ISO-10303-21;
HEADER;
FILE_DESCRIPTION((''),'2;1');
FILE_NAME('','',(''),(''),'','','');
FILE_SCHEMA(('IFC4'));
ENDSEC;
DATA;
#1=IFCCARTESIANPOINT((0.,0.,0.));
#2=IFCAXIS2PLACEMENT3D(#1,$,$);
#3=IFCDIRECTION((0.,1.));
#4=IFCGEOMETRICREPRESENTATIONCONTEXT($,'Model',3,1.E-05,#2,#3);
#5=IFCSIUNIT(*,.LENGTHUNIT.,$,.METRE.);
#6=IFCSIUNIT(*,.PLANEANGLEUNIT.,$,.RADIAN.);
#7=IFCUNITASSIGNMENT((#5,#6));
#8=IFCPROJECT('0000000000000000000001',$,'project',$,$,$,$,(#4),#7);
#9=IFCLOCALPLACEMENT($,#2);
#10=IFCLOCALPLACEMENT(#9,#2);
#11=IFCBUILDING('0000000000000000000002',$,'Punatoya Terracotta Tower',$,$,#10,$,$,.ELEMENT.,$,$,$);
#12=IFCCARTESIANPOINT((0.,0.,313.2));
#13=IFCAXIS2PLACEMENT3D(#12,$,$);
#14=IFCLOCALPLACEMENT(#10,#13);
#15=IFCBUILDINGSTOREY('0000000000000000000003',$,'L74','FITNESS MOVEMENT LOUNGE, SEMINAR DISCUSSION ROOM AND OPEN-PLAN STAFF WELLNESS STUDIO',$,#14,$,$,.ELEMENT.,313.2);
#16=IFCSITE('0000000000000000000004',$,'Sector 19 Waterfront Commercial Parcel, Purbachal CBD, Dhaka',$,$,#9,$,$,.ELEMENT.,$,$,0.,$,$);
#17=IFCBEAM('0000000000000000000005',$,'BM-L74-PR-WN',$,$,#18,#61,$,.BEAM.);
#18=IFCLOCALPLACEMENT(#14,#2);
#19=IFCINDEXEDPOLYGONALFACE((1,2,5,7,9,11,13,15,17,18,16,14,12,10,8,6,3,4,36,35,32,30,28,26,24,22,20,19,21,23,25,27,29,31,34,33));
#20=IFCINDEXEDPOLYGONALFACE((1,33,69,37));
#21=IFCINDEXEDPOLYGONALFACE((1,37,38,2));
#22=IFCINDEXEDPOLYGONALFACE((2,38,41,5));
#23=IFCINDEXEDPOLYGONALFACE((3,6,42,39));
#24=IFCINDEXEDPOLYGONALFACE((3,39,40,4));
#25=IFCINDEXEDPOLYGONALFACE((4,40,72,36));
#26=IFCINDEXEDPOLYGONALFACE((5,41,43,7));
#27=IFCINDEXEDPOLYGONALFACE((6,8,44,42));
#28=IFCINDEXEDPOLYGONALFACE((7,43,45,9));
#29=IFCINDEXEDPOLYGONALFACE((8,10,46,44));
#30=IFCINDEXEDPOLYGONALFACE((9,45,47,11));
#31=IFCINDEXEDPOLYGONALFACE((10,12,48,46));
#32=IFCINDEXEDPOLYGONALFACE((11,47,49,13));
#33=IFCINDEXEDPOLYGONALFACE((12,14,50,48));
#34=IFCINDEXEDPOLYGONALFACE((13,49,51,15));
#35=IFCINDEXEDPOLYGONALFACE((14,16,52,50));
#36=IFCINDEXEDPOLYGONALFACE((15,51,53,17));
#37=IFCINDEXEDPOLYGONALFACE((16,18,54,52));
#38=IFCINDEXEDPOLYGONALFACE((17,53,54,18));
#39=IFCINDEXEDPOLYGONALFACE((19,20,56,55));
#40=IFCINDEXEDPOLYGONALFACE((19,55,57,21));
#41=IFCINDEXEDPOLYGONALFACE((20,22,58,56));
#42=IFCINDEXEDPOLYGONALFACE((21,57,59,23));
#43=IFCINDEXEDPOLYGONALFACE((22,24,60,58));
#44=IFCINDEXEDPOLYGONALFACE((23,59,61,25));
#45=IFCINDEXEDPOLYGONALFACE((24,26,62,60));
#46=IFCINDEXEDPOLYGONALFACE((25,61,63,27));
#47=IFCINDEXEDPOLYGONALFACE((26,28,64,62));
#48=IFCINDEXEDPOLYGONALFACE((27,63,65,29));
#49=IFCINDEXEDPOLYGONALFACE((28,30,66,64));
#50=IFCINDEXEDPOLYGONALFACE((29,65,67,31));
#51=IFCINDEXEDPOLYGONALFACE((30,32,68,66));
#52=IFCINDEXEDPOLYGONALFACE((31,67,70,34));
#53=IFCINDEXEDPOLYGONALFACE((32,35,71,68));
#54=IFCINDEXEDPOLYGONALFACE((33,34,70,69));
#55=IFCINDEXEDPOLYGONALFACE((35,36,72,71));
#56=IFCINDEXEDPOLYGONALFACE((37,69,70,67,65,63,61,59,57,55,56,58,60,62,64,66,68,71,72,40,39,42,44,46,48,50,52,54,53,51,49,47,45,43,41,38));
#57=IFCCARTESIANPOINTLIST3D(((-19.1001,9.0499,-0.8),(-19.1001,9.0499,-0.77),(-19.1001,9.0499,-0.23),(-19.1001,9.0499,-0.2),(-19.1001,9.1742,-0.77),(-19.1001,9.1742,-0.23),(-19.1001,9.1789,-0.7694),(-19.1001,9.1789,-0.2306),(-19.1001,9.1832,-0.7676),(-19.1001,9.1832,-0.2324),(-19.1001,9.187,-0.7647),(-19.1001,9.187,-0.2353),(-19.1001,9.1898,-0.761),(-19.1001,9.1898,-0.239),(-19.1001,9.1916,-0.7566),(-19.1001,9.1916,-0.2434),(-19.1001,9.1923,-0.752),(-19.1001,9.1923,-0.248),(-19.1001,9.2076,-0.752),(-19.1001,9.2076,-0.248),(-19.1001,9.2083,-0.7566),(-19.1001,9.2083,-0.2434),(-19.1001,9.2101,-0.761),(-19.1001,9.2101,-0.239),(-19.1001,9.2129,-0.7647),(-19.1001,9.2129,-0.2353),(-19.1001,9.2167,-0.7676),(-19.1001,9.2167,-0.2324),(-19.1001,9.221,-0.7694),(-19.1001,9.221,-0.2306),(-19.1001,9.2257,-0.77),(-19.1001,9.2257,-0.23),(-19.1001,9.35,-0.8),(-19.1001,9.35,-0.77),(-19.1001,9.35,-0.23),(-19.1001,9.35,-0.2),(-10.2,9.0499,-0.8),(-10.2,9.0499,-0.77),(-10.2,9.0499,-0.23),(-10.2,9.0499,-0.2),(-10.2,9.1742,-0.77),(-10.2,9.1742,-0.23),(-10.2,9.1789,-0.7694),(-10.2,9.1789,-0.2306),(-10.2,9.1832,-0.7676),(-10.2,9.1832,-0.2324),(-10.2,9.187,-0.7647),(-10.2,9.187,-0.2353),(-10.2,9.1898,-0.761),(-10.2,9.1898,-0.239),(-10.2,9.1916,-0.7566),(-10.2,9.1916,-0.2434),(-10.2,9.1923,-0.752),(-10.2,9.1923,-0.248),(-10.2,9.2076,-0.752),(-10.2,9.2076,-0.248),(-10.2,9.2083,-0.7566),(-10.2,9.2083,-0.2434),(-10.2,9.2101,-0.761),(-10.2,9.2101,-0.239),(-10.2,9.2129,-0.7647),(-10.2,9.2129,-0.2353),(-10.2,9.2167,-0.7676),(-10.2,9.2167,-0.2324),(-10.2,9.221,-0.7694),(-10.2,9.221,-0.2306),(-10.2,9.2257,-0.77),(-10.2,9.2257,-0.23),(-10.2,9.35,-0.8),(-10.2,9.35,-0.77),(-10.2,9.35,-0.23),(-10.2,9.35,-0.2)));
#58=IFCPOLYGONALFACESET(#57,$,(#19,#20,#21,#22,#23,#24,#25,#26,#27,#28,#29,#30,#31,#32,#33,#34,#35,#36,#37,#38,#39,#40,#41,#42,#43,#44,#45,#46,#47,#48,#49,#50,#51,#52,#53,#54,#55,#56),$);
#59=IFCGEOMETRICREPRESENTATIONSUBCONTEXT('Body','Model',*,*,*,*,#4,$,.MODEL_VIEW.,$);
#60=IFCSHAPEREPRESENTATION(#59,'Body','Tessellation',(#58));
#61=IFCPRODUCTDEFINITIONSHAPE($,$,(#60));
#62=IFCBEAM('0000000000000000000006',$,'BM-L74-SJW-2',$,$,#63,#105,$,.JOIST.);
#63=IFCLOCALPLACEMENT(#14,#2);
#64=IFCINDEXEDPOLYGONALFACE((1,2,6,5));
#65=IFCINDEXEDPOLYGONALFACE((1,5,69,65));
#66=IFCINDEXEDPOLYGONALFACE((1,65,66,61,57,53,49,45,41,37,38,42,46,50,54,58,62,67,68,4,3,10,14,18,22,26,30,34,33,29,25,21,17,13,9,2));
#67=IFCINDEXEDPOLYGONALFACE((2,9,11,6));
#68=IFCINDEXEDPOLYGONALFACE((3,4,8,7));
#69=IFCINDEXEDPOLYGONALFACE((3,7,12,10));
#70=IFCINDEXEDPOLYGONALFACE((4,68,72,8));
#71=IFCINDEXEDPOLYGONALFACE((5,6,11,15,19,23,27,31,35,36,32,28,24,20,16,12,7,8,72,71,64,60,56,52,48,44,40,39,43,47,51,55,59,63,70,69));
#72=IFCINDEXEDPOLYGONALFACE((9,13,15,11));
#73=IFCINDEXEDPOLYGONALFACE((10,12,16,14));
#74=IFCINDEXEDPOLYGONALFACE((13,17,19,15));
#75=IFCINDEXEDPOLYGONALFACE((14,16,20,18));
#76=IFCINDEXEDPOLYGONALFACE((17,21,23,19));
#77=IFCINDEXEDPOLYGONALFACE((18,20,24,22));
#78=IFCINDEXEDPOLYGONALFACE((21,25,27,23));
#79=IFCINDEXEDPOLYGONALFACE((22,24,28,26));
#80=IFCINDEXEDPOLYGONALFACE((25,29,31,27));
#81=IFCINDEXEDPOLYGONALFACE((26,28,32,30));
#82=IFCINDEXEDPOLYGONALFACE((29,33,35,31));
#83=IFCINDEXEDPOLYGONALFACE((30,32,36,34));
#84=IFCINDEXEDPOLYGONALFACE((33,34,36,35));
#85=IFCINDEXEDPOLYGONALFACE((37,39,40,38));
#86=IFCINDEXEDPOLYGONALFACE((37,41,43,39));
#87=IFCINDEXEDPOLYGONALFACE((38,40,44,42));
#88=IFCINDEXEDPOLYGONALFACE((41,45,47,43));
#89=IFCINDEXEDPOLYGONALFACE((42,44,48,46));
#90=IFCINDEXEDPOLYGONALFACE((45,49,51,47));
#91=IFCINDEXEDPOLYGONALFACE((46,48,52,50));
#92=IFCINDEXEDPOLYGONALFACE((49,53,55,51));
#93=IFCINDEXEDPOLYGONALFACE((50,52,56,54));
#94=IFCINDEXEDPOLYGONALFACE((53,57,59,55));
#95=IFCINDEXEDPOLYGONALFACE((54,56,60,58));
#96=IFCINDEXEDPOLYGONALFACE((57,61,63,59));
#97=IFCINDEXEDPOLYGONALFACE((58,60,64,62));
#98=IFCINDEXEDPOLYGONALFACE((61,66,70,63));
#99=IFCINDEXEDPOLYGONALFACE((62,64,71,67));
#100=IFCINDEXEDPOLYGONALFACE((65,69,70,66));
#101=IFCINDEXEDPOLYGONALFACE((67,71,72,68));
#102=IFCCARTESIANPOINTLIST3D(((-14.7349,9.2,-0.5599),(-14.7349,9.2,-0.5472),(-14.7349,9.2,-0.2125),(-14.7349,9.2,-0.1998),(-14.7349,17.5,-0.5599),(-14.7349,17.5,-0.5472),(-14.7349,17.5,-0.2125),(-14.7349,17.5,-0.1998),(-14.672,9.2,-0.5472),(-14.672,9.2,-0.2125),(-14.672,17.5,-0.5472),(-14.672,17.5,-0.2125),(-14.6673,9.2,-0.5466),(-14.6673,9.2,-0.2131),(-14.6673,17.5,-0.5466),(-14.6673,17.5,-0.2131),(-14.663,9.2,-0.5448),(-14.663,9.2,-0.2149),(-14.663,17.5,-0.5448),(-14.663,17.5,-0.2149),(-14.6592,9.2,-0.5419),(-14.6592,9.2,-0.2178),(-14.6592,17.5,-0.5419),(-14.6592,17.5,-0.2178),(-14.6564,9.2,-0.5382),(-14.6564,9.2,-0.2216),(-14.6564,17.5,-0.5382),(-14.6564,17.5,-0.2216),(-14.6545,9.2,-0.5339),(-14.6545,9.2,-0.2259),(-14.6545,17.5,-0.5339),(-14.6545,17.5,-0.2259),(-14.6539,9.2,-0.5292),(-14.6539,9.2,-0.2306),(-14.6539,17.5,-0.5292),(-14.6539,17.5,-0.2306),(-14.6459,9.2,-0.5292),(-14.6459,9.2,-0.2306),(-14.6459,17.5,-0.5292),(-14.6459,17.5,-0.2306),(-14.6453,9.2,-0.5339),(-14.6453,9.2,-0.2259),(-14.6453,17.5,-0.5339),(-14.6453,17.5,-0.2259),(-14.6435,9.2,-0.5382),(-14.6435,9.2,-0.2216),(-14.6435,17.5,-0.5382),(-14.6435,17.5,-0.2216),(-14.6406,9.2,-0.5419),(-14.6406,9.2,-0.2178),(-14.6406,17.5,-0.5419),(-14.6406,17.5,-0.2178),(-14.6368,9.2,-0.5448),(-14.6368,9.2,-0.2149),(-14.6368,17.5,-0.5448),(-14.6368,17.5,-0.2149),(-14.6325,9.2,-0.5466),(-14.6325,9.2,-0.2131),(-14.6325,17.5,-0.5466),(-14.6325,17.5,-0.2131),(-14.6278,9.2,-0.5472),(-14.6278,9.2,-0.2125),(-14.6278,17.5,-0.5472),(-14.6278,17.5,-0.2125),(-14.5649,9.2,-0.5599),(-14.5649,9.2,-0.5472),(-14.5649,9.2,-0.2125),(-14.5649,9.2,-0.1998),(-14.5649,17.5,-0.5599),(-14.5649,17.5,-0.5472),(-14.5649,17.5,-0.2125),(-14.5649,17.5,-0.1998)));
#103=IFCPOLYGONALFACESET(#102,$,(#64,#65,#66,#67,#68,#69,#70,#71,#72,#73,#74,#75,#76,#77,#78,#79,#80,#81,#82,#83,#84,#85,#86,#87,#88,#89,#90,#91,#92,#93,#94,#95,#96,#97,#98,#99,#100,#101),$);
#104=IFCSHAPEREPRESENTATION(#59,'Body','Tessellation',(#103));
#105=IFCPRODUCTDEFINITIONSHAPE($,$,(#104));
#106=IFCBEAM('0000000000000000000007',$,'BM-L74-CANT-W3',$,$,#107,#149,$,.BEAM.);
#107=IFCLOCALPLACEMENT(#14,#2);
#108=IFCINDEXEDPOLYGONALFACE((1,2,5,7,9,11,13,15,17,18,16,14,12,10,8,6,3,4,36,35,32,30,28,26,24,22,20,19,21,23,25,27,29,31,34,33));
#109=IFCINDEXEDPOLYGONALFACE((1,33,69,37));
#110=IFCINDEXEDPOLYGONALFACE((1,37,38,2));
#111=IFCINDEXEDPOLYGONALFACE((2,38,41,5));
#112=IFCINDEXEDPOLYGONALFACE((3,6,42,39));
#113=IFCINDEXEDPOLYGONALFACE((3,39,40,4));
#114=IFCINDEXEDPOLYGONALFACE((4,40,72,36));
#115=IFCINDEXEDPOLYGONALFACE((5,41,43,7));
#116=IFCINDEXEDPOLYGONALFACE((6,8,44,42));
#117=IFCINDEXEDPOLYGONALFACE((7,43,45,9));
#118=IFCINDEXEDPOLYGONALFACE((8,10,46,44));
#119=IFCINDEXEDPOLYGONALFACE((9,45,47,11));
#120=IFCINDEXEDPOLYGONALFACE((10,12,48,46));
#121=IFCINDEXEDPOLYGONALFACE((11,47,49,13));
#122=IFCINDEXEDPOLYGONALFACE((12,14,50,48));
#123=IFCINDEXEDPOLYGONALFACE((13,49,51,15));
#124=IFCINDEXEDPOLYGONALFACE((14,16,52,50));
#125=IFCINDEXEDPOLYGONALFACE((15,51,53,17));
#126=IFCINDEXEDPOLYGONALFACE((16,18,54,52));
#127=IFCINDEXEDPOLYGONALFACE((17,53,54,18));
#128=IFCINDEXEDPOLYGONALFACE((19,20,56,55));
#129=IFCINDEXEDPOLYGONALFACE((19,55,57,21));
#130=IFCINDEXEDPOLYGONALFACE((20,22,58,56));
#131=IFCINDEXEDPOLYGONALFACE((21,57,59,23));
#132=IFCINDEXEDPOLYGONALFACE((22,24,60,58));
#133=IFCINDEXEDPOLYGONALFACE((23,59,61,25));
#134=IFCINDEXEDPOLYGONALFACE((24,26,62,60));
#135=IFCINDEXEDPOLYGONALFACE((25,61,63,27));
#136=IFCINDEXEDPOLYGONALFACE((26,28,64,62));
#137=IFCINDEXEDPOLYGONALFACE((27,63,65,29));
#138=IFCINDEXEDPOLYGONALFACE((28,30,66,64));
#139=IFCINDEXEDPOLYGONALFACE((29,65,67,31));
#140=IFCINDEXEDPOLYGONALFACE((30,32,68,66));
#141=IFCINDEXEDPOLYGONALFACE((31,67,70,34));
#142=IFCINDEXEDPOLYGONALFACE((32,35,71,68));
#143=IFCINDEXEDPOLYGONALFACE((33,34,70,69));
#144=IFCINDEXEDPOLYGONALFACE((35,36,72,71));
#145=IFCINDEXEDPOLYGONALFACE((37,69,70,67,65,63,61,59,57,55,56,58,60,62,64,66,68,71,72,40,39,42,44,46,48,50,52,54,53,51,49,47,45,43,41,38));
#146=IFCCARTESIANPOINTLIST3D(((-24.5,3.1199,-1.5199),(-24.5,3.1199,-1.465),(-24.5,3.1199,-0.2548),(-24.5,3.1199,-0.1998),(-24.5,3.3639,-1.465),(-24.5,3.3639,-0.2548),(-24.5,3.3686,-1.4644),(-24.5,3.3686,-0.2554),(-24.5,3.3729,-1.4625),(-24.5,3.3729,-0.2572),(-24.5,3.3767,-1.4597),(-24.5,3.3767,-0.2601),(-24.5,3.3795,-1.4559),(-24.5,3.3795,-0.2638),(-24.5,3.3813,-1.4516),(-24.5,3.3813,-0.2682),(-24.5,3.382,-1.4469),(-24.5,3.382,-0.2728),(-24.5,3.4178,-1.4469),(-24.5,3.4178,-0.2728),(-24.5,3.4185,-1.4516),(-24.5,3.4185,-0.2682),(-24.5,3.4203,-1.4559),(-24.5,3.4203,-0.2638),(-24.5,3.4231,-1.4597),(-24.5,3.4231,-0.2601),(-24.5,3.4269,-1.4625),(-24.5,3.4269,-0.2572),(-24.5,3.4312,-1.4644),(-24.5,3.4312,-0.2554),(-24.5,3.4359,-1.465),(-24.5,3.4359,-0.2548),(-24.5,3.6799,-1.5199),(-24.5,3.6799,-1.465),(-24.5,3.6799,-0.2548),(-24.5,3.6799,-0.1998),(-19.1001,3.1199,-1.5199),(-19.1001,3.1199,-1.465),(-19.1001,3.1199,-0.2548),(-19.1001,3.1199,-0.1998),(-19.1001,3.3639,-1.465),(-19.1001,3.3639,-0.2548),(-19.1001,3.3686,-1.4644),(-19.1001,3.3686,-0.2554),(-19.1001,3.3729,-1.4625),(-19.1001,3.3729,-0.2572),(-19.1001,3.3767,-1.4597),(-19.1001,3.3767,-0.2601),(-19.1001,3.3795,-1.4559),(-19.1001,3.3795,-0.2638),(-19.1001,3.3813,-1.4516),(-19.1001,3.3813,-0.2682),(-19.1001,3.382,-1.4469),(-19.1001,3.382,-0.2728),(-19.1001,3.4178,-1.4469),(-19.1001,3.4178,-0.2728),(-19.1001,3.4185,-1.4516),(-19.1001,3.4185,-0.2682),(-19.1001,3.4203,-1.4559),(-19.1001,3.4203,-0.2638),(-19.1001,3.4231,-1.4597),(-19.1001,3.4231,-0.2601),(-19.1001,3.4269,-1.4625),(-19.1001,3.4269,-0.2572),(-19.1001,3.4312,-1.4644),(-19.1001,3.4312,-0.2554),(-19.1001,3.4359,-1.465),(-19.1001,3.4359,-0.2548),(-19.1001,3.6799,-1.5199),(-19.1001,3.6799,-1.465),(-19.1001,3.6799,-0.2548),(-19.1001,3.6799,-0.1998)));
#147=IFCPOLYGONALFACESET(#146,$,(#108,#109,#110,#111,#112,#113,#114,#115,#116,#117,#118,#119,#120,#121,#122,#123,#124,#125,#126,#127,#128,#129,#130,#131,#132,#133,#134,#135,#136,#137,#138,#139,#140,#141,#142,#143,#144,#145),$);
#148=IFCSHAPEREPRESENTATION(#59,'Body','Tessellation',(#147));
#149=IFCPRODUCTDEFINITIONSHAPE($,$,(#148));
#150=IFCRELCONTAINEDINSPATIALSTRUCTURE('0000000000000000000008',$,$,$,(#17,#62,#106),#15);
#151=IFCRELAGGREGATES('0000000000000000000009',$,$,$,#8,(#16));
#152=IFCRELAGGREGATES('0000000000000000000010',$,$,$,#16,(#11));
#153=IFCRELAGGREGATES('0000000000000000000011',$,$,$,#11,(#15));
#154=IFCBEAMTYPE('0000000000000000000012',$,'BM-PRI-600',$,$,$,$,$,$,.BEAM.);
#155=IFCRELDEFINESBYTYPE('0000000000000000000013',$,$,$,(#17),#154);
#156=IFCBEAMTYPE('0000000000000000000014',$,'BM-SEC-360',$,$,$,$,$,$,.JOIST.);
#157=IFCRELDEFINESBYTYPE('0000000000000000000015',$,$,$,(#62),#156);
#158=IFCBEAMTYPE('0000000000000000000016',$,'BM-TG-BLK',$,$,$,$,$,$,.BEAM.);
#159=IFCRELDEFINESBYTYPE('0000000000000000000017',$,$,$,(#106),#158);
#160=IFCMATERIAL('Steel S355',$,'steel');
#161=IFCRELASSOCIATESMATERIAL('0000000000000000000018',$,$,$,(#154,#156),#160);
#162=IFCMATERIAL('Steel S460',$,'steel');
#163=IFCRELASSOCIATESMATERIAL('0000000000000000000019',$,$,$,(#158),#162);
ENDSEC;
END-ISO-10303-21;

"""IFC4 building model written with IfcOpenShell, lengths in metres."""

from ifc_helpers import new_model, si_unit, direction, frame, origin, origin_2d, place, context, subcontext, project, spatial, i_section, extrude, material, material_profile, profile_set, type_object, element, save


model = new_model("IFC4")

# Units and contexts
model_context = context("Model", 3, precision=1e-05, world=origin(), true_north=direction((0.0, 1.0)))
body_context = subcontext(model_context, "Body", "Model", "MODEL_VIEW")
ifc_project = project(units=[si_unit("LENGTHUNIT", "METRE"), si_unit("PLANEANGLEUNIT", "RADIAN")], contexts=[model_context])

# Site, building, storey
site_placement = place(None, origin())
site = spatial("IfcSite", under=ifc_project, at=site_placement, Name="Sector 19 Waterfront Commercial Parcel, Purbachal CBD, Dhaka", CompositionType="ELEMENT", RefElevation=0.0)
building_placement = place(site_placement, origin())
building = spatial("IfcBuilding", under=site, at=building_placement, Name="Punatoya Terracotta Tower", CompositionType="ELEMENT")
storey_placement = place(building_placement, frame((0.0, 0.0, 313.2)))
storey = spatial("IfcBuildingStorey", under=building, at=storey_placement, Name="L74", Description="FITNESS MOVEMENT LOUNGE, SEMINAR DISCUSSION ROOM AND OPEN-PLAN STAFF WELLNESS STUDIO", CompositionType="ELEMENT", Elevation=313.2)

# Shared definitions
ifc_material_1 = material(Name="Steel S460", Category="steel")

# Beams
ifc_material_2 = material(Name="Steel S355", Category="steel")
ifc_material_profile_1 = material_profile(ifc_material_2, i_section(OverallWidth=0.3, OverallDepth=0.6001, WebThickness=0.0154, FlangeThickness=0.03, FilletRadius=0.0181, at=origin_2d()))
ifc_profile_set_1 = profile_set([ifc_material_profile_1], Name="Steel S355")
beam_type_1 = type_object("IfcBeamType", Name="BM-PRI-600", PredefinedType="BEAM", material=ifc_profile_set_1)
for number, where, z_axis, x_axis, name in (
    (1, (-19.1001, 9.2, -0.5), (1.0, 0.0, 0.0), (0.0, 1.0, 0.0), "BM-L74-PR-WN"),
):
    element("IfcBeam", number, at=place(storey_placement, frame(where, z_axis=z_axis, x_axis=x_axis)), inside=storey, type_object=beam_type_1, Name=name, PredefinedType="BEAM", context=body_context, shape_type="SweptSolid", body=[
        extrude(i_section(OverallWidth=0.3, OverallDepth=0.6001, WebThickness=0.0154, FlangeThickness=0.03, FilletRadius=0.0181, at=origin_2d()), origin(), (0.0, 0.0, 1.0), 8.9001),
    ])
ifc_material_profile_2 = material_profile(ifc_material_2, i_section(OverallWidth=0.1699, OverallDepth=0.3601, WebThickness=0.0081, FlangeThickness=0.0127, FilletRadius=0.0181, at=origin_2d()))
ifc_profile_set_2 = profile_set([ifc_material_profile_2], Name="Steel S355")
beam_type_2 = type_object("IfcBeamType", Name="BM-SEC-360", PredefinedType="JOIST", material=ifc_profile_set_2)
beam_1_placement = place(storey_placement, frame((-14.6499, 9.2, -0.3799), z_axis=(0.0, 1.0, 0.0), x_axis=(-1.0, 0.0, 0.0)))
element("IfcBeam", 2, at=beam_1_placement, inside=storey, type_object=beam_type_2, Name="BM-L74-SJW-2", PredefinedType="JOIST", context=body_context, shape_type="SweptSolid", body=[
    extrude(i_section(OverallWidth=0.1699, OverallDepth=0.3601, WebThickness=0.0081, FlangeThickness=0.0127, FilletRadius=0.0181, at=origin_2d()), origin(), (0.0, 0.0, 1.0), 8.3),
])
ifc_material_profile_3 = material_profile(ifc_material_1, i_section(OverallWidth=0.5601, OverallDepth=1.3201, WebThickness=0.0359, FlangeThickness=0.0549, FilletRadius=0.0181, at=origin_2d()))
ifc_profile_set_3 = profile_set([ifc_material_profile_3], Name="Steel S460")
beam_type_3 = type_object("IfcBeamType", Name="BM-TG-BLK", PredefinedType="BEAM", material=ifc_profile_set_3)
beam_2_placement = place(storey_placement, frame((-24.5, 3.3999, -0.8599), z_axis=(1.0, 0.0, 0.0), x_axis=(0.0, 1.0, 0.0)))
element("IfcBeam", 3, at=beam_2_placement, inside=storey, type_object=beam_type_3, Name="BM-L74-CANT-W3", PredefinedType="BEAM", context=body_context, shape_type="SweptSolid", body=[
    extrude(i_section(OverallWidth=0.5601, OverallDepth=1.3201, WebThickness=0.0359, FlangeThickness=0.0549, FilletRadius=0.0181, at=origin_2d()), origin(), (0.0, 0.0, 1.0), 5.3999),
])

save(model, "model.ifc")
